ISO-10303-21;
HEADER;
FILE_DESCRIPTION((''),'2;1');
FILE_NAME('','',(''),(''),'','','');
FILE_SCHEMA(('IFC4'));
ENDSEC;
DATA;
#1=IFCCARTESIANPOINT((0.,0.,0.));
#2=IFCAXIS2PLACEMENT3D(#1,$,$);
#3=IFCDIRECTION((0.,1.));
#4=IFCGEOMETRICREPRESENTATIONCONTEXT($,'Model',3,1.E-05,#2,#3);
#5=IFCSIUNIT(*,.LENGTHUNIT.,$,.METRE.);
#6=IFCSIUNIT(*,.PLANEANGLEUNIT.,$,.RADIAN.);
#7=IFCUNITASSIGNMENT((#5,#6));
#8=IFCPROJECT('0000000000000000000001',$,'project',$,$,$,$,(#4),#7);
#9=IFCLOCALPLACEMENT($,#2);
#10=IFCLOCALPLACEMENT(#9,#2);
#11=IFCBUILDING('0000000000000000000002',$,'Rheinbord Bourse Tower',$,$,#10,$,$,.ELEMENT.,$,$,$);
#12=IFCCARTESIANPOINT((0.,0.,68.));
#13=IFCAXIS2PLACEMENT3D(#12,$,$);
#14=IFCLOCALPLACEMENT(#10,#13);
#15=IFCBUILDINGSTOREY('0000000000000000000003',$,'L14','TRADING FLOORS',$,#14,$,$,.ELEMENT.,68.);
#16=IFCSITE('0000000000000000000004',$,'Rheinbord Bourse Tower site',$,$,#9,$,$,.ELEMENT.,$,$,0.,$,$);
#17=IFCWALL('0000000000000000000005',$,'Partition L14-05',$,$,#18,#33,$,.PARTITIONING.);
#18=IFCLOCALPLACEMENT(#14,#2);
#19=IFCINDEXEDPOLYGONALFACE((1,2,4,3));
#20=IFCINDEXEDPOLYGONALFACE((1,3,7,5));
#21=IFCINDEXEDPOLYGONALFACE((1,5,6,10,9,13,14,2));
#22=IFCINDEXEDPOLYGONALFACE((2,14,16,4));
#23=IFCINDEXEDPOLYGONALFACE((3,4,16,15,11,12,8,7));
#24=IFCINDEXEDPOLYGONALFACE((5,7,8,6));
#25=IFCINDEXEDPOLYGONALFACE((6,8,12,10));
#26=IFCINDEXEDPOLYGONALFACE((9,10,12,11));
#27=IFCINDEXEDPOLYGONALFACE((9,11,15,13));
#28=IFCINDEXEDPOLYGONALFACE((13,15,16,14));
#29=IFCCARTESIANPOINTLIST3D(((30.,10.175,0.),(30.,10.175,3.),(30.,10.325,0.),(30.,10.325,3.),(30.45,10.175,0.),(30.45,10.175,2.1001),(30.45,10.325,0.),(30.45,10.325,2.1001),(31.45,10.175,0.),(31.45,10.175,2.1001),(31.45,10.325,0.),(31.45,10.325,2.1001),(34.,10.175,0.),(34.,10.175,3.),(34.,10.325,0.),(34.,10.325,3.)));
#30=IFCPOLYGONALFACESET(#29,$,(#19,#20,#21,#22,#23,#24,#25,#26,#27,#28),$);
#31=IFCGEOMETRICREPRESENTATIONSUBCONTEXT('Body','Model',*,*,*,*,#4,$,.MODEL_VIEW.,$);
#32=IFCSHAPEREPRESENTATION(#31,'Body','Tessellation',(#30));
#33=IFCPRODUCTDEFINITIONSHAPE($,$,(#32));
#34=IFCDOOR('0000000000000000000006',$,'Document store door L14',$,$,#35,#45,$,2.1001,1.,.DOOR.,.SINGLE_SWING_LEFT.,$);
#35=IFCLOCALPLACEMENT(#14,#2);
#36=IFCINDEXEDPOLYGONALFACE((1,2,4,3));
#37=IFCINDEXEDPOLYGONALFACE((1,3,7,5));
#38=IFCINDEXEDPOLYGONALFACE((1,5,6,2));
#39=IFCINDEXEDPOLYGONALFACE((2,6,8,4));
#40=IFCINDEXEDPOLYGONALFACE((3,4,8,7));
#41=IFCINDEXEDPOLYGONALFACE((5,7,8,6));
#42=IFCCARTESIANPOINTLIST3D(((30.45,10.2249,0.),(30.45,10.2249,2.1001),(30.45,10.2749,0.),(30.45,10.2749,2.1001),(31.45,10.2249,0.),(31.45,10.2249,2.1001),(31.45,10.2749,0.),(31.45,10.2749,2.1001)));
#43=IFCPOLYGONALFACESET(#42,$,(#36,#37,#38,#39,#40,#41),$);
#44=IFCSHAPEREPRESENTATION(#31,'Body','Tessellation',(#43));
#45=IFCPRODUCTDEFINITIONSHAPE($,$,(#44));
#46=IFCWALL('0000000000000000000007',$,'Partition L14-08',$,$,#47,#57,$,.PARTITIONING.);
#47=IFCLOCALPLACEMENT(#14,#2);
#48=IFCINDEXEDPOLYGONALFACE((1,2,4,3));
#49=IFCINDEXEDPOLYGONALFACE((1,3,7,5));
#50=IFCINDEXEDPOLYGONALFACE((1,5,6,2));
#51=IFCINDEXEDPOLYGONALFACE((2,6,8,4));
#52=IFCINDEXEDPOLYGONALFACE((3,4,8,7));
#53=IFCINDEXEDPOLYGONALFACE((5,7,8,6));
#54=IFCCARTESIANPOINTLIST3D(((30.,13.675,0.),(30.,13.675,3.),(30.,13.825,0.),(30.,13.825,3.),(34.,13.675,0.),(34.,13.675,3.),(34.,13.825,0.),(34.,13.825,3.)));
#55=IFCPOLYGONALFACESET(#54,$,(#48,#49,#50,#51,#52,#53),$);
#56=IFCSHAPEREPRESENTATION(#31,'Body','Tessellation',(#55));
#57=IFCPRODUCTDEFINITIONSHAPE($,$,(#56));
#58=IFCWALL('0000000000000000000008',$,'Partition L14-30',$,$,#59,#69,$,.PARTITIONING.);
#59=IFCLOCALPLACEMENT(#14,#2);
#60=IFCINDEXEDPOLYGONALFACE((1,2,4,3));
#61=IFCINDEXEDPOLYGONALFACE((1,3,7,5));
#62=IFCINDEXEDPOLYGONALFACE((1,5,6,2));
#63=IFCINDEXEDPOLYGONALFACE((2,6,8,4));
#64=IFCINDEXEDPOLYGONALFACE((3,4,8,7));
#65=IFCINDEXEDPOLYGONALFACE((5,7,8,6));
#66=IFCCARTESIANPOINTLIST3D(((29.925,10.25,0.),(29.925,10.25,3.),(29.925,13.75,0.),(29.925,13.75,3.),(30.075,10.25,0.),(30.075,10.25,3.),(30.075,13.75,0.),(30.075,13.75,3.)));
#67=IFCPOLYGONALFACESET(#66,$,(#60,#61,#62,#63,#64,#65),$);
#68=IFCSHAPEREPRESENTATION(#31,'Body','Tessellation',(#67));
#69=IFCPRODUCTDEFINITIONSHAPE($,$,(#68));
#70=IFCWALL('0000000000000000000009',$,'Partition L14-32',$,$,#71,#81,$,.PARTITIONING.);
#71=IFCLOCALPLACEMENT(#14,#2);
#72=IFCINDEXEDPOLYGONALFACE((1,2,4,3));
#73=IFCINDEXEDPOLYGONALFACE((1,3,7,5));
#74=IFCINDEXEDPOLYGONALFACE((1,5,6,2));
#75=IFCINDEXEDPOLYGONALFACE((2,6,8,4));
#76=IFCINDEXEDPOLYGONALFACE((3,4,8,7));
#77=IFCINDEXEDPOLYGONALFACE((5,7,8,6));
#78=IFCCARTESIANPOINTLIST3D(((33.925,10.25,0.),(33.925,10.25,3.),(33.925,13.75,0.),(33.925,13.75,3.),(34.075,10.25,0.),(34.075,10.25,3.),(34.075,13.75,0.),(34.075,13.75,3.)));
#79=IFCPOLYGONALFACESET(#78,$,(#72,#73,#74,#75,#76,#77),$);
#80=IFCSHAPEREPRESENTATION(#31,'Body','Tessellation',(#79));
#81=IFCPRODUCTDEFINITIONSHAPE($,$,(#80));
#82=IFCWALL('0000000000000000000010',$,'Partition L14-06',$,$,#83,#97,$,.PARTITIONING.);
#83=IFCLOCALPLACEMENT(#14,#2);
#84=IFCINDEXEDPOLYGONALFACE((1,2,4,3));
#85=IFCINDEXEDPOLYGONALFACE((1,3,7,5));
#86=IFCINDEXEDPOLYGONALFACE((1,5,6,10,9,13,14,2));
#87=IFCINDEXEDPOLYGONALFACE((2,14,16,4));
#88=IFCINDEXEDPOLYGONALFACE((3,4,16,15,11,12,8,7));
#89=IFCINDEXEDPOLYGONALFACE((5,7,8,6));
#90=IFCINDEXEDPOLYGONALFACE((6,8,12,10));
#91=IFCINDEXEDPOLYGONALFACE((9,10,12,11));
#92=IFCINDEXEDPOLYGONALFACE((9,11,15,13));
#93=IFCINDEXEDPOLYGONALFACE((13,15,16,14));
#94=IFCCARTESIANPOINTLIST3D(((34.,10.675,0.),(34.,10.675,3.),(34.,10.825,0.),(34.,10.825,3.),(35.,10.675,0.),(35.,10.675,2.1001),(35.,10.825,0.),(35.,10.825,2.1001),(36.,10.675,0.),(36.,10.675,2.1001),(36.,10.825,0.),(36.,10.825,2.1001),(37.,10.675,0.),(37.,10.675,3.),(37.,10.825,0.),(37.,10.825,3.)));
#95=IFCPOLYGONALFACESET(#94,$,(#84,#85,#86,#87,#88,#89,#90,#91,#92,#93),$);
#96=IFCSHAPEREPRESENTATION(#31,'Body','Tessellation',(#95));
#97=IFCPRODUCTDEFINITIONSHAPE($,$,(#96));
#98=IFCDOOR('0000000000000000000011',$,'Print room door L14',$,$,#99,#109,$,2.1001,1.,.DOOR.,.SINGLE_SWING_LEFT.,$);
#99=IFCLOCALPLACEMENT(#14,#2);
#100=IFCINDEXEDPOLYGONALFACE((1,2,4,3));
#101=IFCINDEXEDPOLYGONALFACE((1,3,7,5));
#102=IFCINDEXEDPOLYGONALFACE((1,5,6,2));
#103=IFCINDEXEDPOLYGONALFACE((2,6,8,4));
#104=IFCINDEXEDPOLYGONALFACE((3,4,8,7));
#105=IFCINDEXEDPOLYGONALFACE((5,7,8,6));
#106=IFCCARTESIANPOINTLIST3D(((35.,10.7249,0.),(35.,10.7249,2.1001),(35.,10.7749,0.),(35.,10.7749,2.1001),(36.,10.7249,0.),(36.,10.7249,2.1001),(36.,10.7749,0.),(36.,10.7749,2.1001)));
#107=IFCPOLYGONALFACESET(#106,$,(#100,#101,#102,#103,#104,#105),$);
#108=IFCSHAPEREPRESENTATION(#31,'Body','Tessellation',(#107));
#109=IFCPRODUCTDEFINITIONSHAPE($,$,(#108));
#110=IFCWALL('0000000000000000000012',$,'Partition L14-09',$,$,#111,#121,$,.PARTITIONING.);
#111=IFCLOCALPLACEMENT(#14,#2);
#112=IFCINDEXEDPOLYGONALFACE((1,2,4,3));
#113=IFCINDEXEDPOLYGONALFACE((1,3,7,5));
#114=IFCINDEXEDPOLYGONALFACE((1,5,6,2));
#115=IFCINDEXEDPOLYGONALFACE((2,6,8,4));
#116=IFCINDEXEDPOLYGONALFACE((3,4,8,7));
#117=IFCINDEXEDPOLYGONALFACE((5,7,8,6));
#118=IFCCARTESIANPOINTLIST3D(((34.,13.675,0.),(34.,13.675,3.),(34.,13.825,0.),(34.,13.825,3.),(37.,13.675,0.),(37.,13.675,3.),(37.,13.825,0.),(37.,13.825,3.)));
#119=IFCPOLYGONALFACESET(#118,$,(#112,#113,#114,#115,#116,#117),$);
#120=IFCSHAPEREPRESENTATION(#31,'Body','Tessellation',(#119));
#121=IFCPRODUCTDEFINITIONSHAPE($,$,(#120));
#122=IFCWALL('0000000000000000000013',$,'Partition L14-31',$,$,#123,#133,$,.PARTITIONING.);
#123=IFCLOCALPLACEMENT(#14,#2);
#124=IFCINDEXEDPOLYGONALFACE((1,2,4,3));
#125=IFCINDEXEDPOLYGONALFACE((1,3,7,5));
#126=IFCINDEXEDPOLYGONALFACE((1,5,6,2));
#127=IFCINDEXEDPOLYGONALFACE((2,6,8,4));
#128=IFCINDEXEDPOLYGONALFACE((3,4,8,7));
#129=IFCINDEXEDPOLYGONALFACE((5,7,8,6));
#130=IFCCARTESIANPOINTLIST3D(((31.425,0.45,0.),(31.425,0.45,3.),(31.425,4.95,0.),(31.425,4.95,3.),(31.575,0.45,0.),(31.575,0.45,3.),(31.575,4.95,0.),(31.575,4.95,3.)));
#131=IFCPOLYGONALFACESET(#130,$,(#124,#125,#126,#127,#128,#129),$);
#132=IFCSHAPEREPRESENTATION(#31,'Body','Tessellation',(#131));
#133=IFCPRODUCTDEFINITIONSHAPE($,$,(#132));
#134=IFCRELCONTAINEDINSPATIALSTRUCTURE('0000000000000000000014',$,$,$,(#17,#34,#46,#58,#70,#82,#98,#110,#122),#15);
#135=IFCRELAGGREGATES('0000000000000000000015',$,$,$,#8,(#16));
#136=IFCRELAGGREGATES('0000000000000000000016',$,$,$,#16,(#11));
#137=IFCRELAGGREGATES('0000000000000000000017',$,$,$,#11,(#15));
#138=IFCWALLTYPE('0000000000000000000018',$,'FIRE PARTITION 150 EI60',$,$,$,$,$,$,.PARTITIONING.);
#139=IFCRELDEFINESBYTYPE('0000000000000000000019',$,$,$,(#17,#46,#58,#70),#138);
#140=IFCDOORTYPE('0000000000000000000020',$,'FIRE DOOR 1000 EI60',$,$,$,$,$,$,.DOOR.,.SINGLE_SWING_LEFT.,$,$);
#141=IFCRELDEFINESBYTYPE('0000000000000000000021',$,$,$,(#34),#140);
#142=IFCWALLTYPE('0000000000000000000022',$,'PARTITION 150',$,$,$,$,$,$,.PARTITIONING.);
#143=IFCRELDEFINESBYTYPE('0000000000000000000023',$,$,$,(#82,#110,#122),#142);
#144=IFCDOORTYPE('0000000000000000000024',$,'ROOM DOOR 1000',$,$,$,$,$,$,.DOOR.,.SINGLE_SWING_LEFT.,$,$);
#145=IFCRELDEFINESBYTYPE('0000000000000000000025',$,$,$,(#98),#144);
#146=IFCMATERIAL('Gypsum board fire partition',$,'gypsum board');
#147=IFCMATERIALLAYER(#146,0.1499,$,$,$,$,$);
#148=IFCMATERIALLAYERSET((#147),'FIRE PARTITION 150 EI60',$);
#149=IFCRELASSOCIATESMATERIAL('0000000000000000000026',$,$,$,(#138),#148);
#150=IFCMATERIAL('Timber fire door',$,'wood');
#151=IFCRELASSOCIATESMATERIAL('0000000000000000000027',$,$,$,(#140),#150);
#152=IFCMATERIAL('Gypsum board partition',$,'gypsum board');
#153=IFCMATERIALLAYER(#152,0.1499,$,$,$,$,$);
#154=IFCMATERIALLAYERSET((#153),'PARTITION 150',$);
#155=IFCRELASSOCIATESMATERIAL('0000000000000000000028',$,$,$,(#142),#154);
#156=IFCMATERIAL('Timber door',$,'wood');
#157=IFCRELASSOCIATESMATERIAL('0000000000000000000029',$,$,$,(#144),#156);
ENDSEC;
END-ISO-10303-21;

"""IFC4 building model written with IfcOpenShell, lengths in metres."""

from ifc_helpers import new_model, si_unit, direction, frame, frame_2d, origin, place, context, subcontext, project, spatial, rectangle, extrude, material, layer, layer_set, type_object, element, fill, save


model = new_model("IFC4")

# Units and contexts
model_context = context("Model", 3, precision=1e-05, world=origin(), true_north=direction((0.0, 1.0)))
body_context = subcontext(model_context, "Body", "Model", "MODEL_VIEW")
ifc_project = project(units=[si_unit("LENGTHUNIT", "METRE"), si_unit("PLANEANGLEUNIT", "RADIAN")], contexts=[model_context])

# Site, building, storey
site_placement = place(None, origin())
site = spatial("IfcSite", under=ifc_project, at=site_placement, Name="Rheinbord Bourse Tower site", CompositionType="ELEMENT", RefElevation=0.0)
building_placement = place(site_placement, origin())
building = spatial("IfcBuilding", under=site, at=building_placement, Name="Rheinbord Bourse Tower", CompositionType="ELEMENT")
storey_placement = place(building_placement, frame((0.0, 0.0, 68.0)))
storey = spatial("IfcBuildingStorey", under=building, at=storey_placement, Name="L14", Description="TRADING FLOORS", CompositionType="ELEMENT", Elevation=68.0)

# Wall, opening, door
ifc_material_1 = material(Name="Gypsum board fire partition", Category="gypsum board")
ifc_layer_1 = layer(ifc_material_1, 0.1499)
ifc_layer_set_1 = layer_set([ifc_layer_1], Name="FIRE PARTITION 150 EI60")
wall_type_1 = type_object("IfcWallType", Name="FIRE PARTITION 150 EI60", PredefinedType="PARTITIONING", material=ifc_layer_set_1)
wall_1_placement = place(storey_placement, frame((30.0, 10.25, 0.0), z_axis=(0.0, 0.0, 1.0), x_axis=(1.0, 0.0, 0.0)))
wall_1 = element("IfcWall", 1, at=wall_1_placement, inside=storey, type_object=wall_type_1, Name="Partition L14-05", PredefinedType="PARTITIONING", context=body_context, shape_type="SweptSolid", body=[
    extrude(rectangle(XDim=4.0, YDim=0.1499, at=frame_2d((2.0, 0.0))), origin(), (0.0, 0.0, 1.0), 3.0),
])
opening_1_placement = place(wall_1_placement, frame((0.45, 0.0, 0.0)))
opening_1 = element("IfcOpeningElement", 2, at=opening_1_placement, cuts=wall_1, PredefinedType="OPENING", context=body_context, shape_type="SweptSolid", body=[
    extrude(rectangle(XDim=1.0, YDim=2.1001, at=frame_2d((0.5, 1.05))), frame((0.0, 0.085, 0.0), z_axis=(0.0, -1.0, 0.0), x_axis=(1.0, 0.0, 0.0)), (0.0, 0.0, 1.0), 0.1699),
])
ifc_material_2 = material(Name="Timber fire door", Category="wood")
door_type_1 = type_object("IfcDoorType", Name="FIRE DOOR 1000 EI60", OperationType="SINGLE_SWING_LEFT", PredefinedType="DOOR", material=ifc_material_2)
door_1_placement = place(opening_1_placement, origin())
door_1 = element("IfcDoor", 3, at=door_1_placement, inside=storey, type_object=door_type_1, Name="Document store door L14", OperationType="SINGLE_SWING_LEFT", OverallHeight=2.1001, OverallWidth=1.0, PredefinedType="DOOR", context=body_context, shape_type="SweptSolid", body=[
    extrude(rectangle(XDim=1.0, YDim=2.1001, at=frame_2d((0.5, 1.05))), frame((0.0, 0.0249, 0.0), z_axis=(0.0, -1.0, 0.0), x_axis=(1.0, 0.0, 0.0)), (0.0, 0.0, 1.0), 0.05),
])
fill(opening_1, door_1)

# Walls
wall_2_placement = place(storey_placement, frame((30.0, 13.75, 0.0), z_axis=(0.0, 0.0, 1.0), x_axis=(1.0, 0.0, 0.0)))
element("IfcWall", 4, at=wall_2_placement, inside=storey, type_object=wall_type_1, Name="Partition L14-08", PredefinedType="PARTITIONING", context=body_context, shape_type="SweptSolid", body=[
    extrude(rectangle(XDim=4.0, YDim=0.1499, at=frame_2d((2.0, 0.0))), origin(), (0.0, 0.0, 1.0), 3.0),
])
for number, where, z_axis, x_axis, name in (
    (5, (30.0, 10.25, 0.0), (0.0, 0.0, 1.0), (0.0, 1.0, 0.0), "Partition L14-30"),
    (6, (34.0, 10.25, 0.0), (0.0, 0.0, 1.0), (0.0, 1.0, 0.0), "Partition L14-32"),
):
    element("IfcWall", number, at=place(storey_placement, frame(where, z_axis=z_axis, x_axis=x_axis)), inside=storey, type_object=wall_type_1, Name=name, PredefinedType="PARTITIONING", context=body_context, shape_type="SweptSolid", body=[
        extrude(rectangle(XDim=3.5, YDim=0.1499, at=frame_2d((1.75, 0.0))), origin(), (0.0, 0.0, 1.0), 3.0),
    ])

# Wall, opening, door
ifc_material_3 = material(Name="Gypsum board partition", Category="gypsum board")
ifc_layer_2 = layer(ifc_material_3, 0.1499)
ifc_layer_set_2 = layer_set([ifc_layer_2], Name="PARTITION 150")
wall_type_2 = type_object("IfcWallType", Name="PARTITION 150", PredefinedType="PARTITIONING", material=ifc_layer_set_2)
wall_3_placement = place(storey_placement, frame((34.0, 10.75, 0.0), z_axis=(0.0, 0.0, 1.0), x_axis=(1.0, 0.0, 0.0)))
wall_3 = element("IfcWall", 7, at=wall_3_placement, inside=storey, type_object=wall_type_2, Name="Partition L14-06", PredefinedType="PARTITIONING", context=body_context, shape_type="SweptSolid", body=[
    extrude(rectangle(XDim=3.0, YDim=0.1499, at=frame_2d((1.5, 0.0))), origin(), (0.0, 0.0, 1.0), 3.0),
])
opening_2_placement = place(wall_3_placement, frame((1.0, 0.0, 0.0)))
opening_2 = element("IfcOpeningElement", 8, at=opening_2_placement, cuts=wall_3, PredefinedType="OPENING", context=body_context, shape_type="SweptSolid", body=[
    extrude(rectangle(XDim=1.0, YDim=2.1001, at=frame_2d((0.5, 1.05))), frame((0.0, 0.085, 0.0), z_axis=(0.0, -1.0, 0.0), x_axis=(1.0, 0.0, 0.0)), (0.0, 0.0, 1.0), 0.1699),
])
ifc_material_4 = material(Name="Timber door", Category="wood")
door_type_2 = type_object("IfcDoorType", Name="ROOM DOOR 1000", OperationType="SINGLE_SWING_LEFT", PredefinedType="DOOR", material=ifc_material_4)
door_2_placement = place(opening_2_placement, origin())
door_2 = element("IfcDoor", 9, at=door_2_placement, inside=storey, type_object=door_type_2, Name="Print room door L14", OperationType="SINGLE_SWING_LEFT", OverallHeight=2.1001, OverallWidth=1.0, PredefinedType="DOOR", context=body_context, shape_type="SweptSolid", body=[
    extrude(rectangle(XDim=1.0, YDim=2.1001, at=frame_2d((0.5, 1.05))), frame((0.0, 0.0249, 0.0), z_axis=(0.0, -1.0, 0.0), x_axis=(1.0, 0.0, 0.0)), (0.0, 0.0, 1.0), 0.05),
])
fill(opening_2, door_2)

# Walls
wall_4_placement = place(storey_placement, frame((34.0, 13.75, 0.0), z_axis=(0.0, 0.0, 1.0), x_axis=(1.0, 0.0, 0.0)))
element("IfcWall", 10, at=wall_4_placement, inside=storey, type_object=wall_type_2, Name="Partition L14-09", PredefinedType="PARTITIONING", context=body_context, shape_type="SweptSolid", body=[
    extrude(rectangle(XDim=3.0, YDim=0.1499, at=frame_2d((1.5, 0.0))), origin(), (0.0, 0.0, 1.0), 3.0),
])
wall_5_placement = place(storey_placement, frame((31.5, 0.45, 0.0), z_axis=(0.0, 0.0, 1.0), x_axis=(0.0, 1.0, 0.0)))
element("IfcWall", 11, at=wall_5_placement, inside=storey, type_object=wall_type_2, Name="Partition L14-31", PredefinedType="PARTITIONING", context=body_context, shape_type="SweptSolid", body=[
    extrude(rectangle(XDim=4.5, YDim=0.1499, at=frame_2d((2.25, 0.0))), origin(), (0.0, 0.0, 1.0), 3.0),
])

save(model, "model.ifc")
